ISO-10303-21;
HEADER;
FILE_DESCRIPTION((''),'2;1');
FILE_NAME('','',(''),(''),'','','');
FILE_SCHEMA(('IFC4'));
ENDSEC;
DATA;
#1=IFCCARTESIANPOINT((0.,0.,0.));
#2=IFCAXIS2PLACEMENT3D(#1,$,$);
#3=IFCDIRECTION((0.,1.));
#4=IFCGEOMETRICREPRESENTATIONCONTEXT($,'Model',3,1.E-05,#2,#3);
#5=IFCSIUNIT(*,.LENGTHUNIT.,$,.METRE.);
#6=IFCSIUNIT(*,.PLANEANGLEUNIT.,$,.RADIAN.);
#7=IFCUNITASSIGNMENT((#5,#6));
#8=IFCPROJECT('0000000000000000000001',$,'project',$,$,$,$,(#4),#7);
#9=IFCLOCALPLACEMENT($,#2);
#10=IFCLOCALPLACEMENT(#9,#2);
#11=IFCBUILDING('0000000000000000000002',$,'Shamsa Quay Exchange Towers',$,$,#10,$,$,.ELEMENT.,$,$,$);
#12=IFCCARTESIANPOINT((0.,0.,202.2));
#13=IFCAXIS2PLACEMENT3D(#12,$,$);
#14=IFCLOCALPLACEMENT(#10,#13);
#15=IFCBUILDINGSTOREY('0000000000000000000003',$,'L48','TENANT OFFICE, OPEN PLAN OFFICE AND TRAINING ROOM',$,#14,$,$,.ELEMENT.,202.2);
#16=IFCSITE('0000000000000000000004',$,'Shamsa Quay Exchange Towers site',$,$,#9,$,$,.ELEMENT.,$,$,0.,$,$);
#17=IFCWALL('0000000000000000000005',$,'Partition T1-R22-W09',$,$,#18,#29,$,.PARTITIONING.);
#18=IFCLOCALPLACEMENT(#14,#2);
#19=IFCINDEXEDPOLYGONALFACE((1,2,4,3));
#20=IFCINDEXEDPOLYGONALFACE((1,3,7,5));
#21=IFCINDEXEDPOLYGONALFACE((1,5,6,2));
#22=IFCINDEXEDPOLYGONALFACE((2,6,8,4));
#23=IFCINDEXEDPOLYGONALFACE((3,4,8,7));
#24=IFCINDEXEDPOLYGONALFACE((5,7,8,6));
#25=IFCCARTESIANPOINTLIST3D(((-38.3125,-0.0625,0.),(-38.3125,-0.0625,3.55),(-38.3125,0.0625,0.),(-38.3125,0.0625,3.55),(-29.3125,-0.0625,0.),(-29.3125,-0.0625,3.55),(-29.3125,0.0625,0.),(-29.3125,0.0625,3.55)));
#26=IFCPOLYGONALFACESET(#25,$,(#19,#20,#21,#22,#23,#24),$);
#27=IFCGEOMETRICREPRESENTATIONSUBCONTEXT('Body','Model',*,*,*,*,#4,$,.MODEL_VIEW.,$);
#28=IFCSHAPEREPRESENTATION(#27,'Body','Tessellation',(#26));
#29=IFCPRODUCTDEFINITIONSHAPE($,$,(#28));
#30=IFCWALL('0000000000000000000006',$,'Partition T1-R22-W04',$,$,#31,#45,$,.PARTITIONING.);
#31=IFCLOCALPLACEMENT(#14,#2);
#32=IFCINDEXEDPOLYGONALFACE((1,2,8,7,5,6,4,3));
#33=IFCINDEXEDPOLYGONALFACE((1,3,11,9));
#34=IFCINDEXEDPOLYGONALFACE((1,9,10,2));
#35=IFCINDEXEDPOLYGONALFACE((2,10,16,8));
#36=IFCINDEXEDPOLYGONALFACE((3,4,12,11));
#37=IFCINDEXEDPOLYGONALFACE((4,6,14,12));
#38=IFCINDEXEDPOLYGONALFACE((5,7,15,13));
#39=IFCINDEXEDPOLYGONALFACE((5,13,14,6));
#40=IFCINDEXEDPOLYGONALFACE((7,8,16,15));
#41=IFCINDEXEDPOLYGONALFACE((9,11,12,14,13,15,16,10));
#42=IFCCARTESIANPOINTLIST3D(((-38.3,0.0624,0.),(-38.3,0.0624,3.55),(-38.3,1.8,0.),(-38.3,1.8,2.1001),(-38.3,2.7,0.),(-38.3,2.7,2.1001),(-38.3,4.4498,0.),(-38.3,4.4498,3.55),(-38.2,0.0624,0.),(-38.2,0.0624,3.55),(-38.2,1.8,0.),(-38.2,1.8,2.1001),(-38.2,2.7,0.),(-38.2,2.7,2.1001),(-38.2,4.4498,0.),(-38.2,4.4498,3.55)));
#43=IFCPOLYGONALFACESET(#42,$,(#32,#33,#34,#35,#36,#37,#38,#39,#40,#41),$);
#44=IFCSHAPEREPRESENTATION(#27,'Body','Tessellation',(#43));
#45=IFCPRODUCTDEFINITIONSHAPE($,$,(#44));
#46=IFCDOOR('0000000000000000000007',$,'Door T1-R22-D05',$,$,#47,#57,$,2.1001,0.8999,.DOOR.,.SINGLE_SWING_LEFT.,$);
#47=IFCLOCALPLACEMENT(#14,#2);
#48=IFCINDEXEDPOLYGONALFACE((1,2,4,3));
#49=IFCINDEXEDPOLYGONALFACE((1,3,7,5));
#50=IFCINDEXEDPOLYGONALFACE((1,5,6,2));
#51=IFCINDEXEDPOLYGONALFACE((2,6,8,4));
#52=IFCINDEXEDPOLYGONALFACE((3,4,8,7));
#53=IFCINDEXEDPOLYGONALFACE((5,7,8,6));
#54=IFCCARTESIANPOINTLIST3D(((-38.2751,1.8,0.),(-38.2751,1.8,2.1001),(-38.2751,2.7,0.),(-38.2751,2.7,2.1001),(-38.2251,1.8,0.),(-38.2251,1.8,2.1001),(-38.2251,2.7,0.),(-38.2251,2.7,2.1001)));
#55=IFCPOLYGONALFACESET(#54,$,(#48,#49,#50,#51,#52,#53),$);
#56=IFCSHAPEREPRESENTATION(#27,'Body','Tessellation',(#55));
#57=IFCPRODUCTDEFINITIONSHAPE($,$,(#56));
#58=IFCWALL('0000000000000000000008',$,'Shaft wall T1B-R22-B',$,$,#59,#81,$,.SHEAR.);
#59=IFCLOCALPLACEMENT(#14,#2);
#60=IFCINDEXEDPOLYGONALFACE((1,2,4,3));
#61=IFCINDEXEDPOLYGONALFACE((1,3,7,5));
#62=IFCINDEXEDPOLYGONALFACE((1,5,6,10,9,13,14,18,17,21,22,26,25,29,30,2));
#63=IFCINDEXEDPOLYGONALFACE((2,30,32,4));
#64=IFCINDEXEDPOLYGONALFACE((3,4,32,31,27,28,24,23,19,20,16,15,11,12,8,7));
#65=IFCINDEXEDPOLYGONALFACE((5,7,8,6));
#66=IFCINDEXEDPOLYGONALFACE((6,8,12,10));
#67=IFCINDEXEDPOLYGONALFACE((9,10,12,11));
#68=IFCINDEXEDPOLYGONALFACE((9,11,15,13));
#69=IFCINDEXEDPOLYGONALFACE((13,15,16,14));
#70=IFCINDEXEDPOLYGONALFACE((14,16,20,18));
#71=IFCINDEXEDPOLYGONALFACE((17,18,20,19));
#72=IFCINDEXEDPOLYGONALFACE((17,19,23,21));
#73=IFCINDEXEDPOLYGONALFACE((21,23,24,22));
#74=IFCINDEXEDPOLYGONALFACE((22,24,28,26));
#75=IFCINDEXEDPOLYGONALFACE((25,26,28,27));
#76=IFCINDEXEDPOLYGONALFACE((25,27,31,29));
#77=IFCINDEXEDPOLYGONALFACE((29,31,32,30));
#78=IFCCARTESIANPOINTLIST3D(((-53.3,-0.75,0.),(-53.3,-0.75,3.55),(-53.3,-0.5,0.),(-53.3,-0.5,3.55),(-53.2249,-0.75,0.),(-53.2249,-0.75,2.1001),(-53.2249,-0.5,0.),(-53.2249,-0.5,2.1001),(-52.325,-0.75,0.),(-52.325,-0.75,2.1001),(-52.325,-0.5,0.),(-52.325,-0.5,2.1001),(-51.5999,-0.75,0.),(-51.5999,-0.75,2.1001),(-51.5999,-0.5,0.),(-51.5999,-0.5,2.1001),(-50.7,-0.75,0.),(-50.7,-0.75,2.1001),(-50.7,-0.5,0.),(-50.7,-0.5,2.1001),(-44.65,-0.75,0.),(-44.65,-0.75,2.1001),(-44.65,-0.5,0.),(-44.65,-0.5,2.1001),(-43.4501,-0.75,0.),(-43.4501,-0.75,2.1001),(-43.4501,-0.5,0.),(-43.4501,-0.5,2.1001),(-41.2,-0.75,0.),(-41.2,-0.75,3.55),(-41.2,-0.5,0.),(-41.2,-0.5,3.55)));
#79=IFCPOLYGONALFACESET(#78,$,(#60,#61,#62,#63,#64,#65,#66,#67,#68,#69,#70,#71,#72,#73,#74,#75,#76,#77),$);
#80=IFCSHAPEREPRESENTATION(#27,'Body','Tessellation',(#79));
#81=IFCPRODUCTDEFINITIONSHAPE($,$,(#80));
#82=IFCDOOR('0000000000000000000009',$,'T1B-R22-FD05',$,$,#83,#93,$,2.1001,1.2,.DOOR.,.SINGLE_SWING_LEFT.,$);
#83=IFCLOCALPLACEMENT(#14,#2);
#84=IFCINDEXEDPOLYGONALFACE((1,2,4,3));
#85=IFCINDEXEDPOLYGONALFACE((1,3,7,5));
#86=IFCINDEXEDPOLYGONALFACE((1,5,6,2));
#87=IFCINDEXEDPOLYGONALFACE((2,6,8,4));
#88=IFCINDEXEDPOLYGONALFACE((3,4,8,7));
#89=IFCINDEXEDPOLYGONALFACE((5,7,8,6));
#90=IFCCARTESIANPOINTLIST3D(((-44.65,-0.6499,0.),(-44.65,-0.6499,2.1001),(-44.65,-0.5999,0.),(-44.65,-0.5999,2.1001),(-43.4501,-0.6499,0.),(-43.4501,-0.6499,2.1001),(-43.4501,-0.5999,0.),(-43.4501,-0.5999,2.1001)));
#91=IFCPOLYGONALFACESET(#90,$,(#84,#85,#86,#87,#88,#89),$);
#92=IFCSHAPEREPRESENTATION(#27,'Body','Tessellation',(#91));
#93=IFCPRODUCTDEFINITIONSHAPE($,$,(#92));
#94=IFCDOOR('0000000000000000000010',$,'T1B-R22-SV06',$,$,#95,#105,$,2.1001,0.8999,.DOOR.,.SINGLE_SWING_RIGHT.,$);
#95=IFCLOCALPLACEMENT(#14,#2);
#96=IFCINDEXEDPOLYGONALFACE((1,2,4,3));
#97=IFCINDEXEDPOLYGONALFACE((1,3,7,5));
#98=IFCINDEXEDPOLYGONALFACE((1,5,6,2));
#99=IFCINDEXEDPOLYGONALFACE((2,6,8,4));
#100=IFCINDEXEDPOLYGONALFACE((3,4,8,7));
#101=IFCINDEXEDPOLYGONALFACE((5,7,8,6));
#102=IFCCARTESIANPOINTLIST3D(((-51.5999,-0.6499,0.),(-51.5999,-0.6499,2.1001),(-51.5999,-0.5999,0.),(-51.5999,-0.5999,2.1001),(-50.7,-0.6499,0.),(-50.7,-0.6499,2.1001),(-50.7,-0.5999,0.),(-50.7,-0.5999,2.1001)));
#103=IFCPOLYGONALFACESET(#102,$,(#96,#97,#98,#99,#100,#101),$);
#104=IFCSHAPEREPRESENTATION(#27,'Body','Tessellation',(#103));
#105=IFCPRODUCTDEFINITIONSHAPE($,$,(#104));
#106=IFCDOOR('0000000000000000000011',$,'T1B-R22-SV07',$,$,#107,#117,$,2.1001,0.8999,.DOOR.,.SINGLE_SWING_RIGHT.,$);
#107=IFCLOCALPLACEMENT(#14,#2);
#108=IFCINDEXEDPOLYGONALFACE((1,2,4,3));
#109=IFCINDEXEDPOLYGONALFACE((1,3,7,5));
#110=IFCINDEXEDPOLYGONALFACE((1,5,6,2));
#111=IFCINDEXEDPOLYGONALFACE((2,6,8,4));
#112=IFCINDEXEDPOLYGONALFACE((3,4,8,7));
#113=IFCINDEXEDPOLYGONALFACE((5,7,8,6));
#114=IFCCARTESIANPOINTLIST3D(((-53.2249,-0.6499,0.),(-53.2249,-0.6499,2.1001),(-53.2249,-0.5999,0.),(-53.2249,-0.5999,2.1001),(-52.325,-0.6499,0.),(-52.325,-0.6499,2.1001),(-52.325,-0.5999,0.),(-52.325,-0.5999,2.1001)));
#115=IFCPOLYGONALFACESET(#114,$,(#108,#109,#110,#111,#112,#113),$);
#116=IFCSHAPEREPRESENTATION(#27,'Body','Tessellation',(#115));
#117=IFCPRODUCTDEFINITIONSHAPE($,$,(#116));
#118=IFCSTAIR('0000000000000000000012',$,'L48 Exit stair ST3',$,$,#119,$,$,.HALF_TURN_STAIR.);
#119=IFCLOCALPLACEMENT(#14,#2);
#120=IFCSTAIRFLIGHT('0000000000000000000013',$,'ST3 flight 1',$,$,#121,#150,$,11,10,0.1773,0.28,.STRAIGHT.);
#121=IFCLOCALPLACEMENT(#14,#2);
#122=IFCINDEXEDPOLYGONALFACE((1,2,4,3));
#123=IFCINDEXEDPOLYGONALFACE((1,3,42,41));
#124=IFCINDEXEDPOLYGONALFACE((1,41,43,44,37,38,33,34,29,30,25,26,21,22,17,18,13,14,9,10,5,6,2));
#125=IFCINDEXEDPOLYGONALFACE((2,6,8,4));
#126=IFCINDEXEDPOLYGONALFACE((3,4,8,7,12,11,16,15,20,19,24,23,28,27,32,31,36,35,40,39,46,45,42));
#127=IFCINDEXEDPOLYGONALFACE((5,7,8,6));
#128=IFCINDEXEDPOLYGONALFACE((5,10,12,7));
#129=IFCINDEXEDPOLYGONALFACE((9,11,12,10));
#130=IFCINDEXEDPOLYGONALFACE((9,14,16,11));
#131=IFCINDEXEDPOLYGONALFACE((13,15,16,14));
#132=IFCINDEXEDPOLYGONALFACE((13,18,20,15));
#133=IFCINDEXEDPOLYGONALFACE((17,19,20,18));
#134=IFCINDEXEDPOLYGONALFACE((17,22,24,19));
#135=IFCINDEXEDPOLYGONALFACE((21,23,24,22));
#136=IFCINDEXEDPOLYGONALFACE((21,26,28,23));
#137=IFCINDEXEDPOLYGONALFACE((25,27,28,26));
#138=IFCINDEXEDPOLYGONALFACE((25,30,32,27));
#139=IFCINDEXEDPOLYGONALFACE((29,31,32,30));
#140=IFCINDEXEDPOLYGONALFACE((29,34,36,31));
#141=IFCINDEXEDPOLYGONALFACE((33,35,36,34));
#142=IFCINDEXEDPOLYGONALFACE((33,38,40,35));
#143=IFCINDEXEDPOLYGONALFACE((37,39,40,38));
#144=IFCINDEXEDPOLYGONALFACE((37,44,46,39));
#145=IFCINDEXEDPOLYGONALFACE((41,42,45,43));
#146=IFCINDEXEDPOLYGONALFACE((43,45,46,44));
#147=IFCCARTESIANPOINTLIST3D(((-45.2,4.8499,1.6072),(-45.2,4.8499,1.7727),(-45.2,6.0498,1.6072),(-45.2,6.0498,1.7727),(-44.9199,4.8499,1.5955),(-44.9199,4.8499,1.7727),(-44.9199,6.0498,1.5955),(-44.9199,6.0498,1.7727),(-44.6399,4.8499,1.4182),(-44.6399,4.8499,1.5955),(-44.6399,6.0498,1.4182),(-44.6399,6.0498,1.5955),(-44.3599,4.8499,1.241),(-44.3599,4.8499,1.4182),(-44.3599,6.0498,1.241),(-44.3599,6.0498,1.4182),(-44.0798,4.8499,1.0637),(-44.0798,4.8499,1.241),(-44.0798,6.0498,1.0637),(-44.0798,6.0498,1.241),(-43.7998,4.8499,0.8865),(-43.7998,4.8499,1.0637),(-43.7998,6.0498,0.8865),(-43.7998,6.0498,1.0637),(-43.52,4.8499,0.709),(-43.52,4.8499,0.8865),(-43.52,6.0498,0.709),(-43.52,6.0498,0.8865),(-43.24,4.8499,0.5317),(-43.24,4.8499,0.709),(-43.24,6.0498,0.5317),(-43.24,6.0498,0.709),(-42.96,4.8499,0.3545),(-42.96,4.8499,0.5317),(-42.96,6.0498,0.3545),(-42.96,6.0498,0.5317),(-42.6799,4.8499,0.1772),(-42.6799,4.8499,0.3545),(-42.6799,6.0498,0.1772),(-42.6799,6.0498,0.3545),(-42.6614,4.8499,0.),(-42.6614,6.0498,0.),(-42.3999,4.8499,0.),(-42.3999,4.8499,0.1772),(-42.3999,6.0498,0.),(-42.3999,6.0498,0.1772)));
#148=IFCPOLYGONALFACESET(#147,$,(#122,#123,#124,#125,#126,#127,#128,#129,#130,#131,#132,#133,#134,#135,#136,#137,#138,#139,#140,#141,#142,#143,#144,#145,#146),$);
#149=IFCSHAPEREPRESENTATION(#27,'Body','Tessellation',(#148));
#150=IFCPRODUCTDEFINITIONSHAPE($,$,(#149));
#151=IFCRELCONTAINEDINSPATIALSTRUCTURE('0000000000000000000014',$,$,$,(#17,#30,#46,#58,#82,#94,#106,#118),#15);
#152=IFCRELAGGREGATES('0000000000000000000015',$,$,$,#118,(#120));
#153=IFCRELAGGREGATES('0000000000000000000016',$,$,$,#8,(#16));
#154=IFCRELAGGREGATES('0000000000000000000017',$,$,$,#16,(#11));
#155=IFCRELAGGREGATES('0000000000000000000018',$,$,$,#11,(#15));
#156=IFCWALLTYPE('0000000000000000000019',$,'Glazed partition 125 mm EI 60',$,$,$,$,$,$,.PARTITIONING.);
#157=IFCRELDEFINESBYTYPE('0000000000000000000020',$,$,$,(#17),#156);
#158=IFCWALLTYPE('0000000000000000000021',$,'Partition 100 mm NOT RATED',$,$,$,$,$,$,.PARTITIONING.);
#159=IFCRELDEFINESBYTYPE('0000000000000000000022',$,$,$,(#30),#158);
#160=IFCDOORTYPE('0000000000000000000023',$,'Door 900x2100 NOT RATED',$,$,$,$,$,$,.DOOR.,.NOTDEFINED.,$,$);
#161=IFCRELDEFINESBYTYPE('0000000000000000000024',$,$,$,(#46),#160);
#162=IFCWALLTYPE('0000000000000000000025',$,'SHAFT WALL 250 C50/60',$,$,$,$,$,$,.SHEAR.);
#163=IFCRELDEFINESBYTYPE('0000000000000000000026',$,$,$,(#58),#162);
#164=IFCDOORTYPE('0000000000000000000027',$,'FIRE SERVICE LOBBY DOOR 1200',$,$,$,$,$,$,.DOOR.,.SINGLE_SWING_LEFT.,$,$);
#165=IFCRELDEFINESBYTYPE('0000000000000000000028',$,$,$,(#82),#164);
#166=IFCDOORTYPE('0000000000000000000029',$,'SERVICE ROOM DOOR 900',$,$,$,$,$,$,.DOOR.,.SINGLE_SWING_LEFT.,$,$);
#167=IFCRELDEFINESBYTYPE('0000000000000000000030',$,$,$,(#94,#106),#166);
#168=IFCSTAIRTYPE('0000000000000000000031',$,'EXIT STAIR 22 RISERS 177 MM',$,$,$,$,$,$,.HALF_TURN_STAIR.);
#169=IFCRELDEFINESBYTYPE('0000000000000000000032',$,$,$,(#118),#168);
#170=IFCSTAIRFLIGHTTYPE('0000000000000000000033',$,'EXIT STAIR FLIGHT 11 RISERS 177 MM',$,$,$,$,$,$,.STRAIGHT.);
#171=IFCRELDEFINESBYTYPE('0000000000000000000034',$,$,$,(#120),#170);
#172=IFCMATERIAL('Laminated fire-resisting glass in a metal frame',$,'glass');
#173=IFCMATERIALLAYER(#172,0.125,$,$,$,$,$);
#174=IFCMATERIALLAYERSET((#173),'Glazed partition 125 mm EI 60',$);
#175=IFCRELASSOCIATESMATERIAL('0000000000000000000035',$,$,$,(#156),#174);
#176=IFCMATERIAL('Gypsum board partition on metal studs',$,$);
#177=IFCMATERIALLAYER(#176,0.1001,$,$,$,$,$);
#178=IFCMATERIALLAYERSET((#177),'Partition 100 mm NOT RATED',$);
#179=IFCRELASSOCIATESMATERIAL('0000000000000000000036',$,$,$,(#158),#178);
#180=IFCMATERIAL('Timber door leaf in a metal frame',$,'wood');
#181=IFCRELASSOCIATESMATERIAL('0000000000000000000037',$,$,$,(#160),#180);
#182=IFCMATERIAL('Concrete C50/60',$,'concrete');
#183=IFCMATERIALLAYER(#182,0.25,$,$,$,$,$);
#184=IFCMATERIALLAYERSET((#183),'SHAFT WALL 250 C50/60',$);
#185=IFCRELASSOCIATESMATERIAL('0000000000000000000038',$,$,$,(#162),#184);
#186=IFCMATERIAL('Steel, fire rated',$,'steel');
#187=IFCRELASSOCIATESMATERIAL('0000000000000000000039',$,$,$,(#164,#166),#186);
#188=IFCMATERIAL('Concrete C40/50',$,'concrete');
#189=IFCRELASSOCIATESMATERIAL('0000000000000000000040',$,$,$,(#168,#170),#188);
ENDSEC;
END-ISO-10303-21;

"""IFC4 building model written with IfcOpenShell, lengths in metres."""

from ifc_helpers import new_model, si_unit, direction, frame, frame_2d, origin, place, context, subcontext, project, spatial, polyline, rectangle, outline, extrude, material, layer, layer_set, type_object, element, fill, aggregate, save


model = new_model("IFC4")

# Units and contexts
model_context = context("Model", 3, precision=1e-05, world=origin(), true_north=direction((0.0, 1.0)))
body_context = subcontext(model_context, "Body", "Model", "MODEL_VIEW")
ifc_project = project(units=[si_unit("LENGTHUNIT", "METRE"), si_unit("PLANEANGLEUNIT", "RADIAN")], contexts=[model_context])

# Site, building, storey
site_placement = place(None, origin())
site = spatial("IfcSite", under=ifc_project, at=site_placement, Name="Shamsa Quay Exchange Towers site", CompositionType="ELEMENT", RefElevation=0.0)
building_placement = place(site_placement, origin())
building = spatial("IfcBuilding", under=site, at=building_placement, Name="Shamsa Quay Exchange Towers", CompositionType="ELEMENT")
storey_placement = place(building_placement, frame((0.0, 0.0, 202.2)))
storey = spatial("IfcBuildingStorey", under=building, at=storey_placement, Name="L48", Description="TENANT OFFICE, OPEN PLAN OFFICE AND TRAINING ROOM", CompositionType="ELEMENT", Elevation=202.2)

# Shared definitions
ifc_material_1 = material(Name="Laminated fire-resisting glass in a metal frame", Category="glass")
ifc_layer_1 = layer(ifc_material_1, 0.125)
ifc_layer_set_1 = layer_set([ifc_layer_1], Name="Glazed partition 125 mm EI 60")
wall_type_1 = type_object("IfcWallType", Name="Glazed partition 125 mm EI 60", PredefinedType="PARTITIONING", material=ifc_layer_set_1)

# Shared definitions
ifc_material_2 = material(Name="Timber door leaf in a metal frame", Category="wood")

# Wall
wall_1_placement = place(storey_placement, frame((-38.3125, 0.0, 0.0)))
element("IfcWall", 1, at=wall_1_placement, inside=storey, type_object=wall_type_1, Name="Partition T1-R22-W09", PredefinedType="PARTITIONING", context=body_context, shape_type="SweptSolid", body=[
    extrude(rectangle(XDim=9.0, YDim=0.125, at=frame_2d((4.5, 0.0))), origin(), (0.0, 0.0, 1.0), 3.55),
])

# Wall, opening, door
ifc_material_3 = material(Name="Gypsum board partition on metal studs")
ifc_layer_2 = layer(ifc_material_3, 0.1001)
ifc_layer_set_2 = layer_set([ifc_layer_2], Name="Partition 100 mm NOT RATED")
wall_type_2 = type_object("IfcWallType", Name="Partition 100 mm NOT RATED", PredefinedType="PARTITIONING", material=ifc_layer_set_2)
wall_2_placement = place(storey_placement, frame((-38.25, 4.45, 0.0), z_axis=(0.0, 0.0, 1.0), x_axis=(0.0, -1.0, 0.0)))
wall_2 = element("IfcWall", 2, at=wall_2_placement, inside=storey, type_object=wall_type_2, Name="Partition T1-R22-W04", PredefinedType="PARTITIONING", context=body_context, shape_type="SweptSolid", body=[
    extrude(rectangle(XDim=4.3875, YDim=0.1001, at=frame_2d((2.1938, 0.0))), origin(), (0.0, 0.0, 1.0), 3.55),
])
opening_1_placement = place(wall_2_placement, frame((1.75, 0.0, 0.0)))
opening_1 = element("IfcOpeningElement", 3, at=opening_1_placement, cuts=wall_2, PredefinedType="OPENING", context=body_context, shape_type="SweptSolid", body=[
    extrude(rectangle(XDim=0.8999, YDim=2.1001, at=frame_2d((0.45, 1.05))), frame((0.0, 0.0601, 0.0), z_axis=(0.0, -1.0, 0.0), x_axis=(1.0, 0.0, 0.0)), (0.0, 0.0, 1.0), 0.1201),
])
door_type_1 = type_object("IfcDoorType", Name="Door 900x2100 NOT RATED", OperationType="NOTDEFINED", PredefinedType="DOOR", material=ifc_material_2)
door_1_placement = place(opening_1_placement, origin())
door_1 = element("IfcDoor", 4, at=door_1_placement, inside=storey, type_object=door_type_1, Name="Door T1-R22-D05", OperationType="SINGLE_SWING_LEFT", OverallHeight=2.1001, OverallWidth=0.8999, PredefinedType="DOOR", context=body_context, shape_type="SweptSolid", body=[
    extrude(rectangle(XDim=0.8999, YDim=2.1001, at=frame_2d((0.45, 1.05))), frame((0.0, 0.0249, 0.0), z_axis=(0.0, -1.0, 0.0), x_axis=(1.0, 0.0, 0.0)), (0.0, 0.0, 1.0), 0.05),
])
fill(opening_1, door_1)

# Wall, openings, doors
ifc_material_4 = material(Name="Concrete C50/60", Category="concrete")
ifc_layer_3 = layer(ifc_material_4, 0.25)
ifc_layer_set_3 = layer_set([ifc_layer_3], Name="SHAFT WALL 250 C50/60")
wall_type_3 = type_object("IfcWallType", Name="SHAFT WALL 250 C50/60", PredefinedType="SHEAR", material=ifc_layer_set_3)
wall_3_placement = place(storey_placement, frame((-41.2, -0.625, 0.0), z_axis=(0.0, 0.0, 1.0), x_axis=(-1.0, 0.0, 0.0)))
wall_3 = element("IfcWall", 5, at=wall_3_placement, inside=storey, type_object=wall_type_3, Name="Shaft wall T1B-R22-B", PredefinedType="SHEAR", context=body_context, shape_type="SweptSolid", body=[
    extrude(rectangle(XDim=12.1001, YDim=0.25, at=frame_2d((6.05, 0.0))), origin(), (0.0, 0.0, 1.0), 3.55),
])
opening_2_placement = place(wall_3_placement, frame((2.25, 0.0, 0.0)))
opening_2 = element("IfcOpeningElement", 6, at=opening_2_placement, cuts=wall_3, PredefinedType="OPENING", context=body_context, shape_type="SweptSolid", body=[
    extrude(rectangle(XDim=1.2, YDim=2.1001, at=frame_2d((0.6001, 1.05))), frame((0.0, 0.135, 0.0), z_axis=(0.0, -1.0, 0.0), x_axis=(1.0, 0.0, 0.0)), (0.0, 0.0, 1.0), 0.27),
])
opening_3_placement = place(wall_3_placement, frame((9.5, 0.0, 0.0)))
opening_3 = element("IfcOpeningElement", 7, at=opening_3_placement, cuts=wall_3, PredefinedType="OPENING", context=body_context, shape_type="SweptSolid", body=[
    extrude(rectangle(XDim=0.8999, YDim=2.1001, at=frame_2d((0.45, 1.05))), frame((0.0, 0.135, 0.0), z_axis=(0.0, -1.0, 0.0), x_axis=(1.0, 0.0, 0.0)), (0.0, 0.0, 1.0), 0.27),
])
opening_4_placement = place(wall_3_placement, frame((11.125, 0.0, 0.0)))
opening_4 = element("IfcOpeningElement", 8, at=opening_4_placement, cuts=wall_3, PredefinedType="OPENING", context=body_context, shape_type="SweptSolid", body=[
    extrude(rectangle(XDim=0.8999, YDim=2.1001, at=frame_2d((0.45, 1.05))), frame((0.0, 0.135, 0.0), z_axis=(0.0, -1.0, 0.0), x_axis=(1.0, 0.0, 0.0)), (0.0, 0.0, 1.0), 0.27),
])
ifc_material_5 = material(Name="Steel, fire rated", Category="steel")
door_type_2 = type_object("IfcDoorType", Name="FIRE SERVICE LOBBY DOOR 1200", OperationType="SINGLE_SWING_LEFT", PredefinedType="DOOR", material=ifc_material_5)
door_2_placement = place(opening_2_placement, origin())
door_2 = element("IfcDoor", 9, at=door_2_placement, inside=storey, type_object=door_type_2, Name="T1B-R22-FD05", OperationType="SINGLE_SWING_LEFT", OverallHeight=2.1001, OverallWidth=1.2, PredefinedType="DOOR", context=body_context, shape_type="SweptSolid", body=[
    extrude(rectangle(XDim=1.2, YDim=2.1001, at=frame_2d((0.6001, 1.05))), frame((0.0, 0.0249, 0.0), z_axis=(0.0, -1.0, 0.0), x_axis=(1.0, 0.0, 0.0)), (0.0, 0.0, 1.0), 0.05),
])
fill(opening_2, door_2)
door_type_3 = type_object("IfcDoorType", Name="SERVICE ROOM DOOR 900", OperationType="SINGLE_SWING_LEFT", PredefinedType="DOOR", material=ifc_material_5)
door_3_placement = place(opening_3_placement, origin())
door_3 = element("IfcDoor", 10, at=door_3_placement, inside=storey, type_object=door_type_3, Name="T1B-R22-SV06", OperationType="SINGLE_SWING_RIGHT", OverallHeight=2.1001, OverallWidth=0.8999, PredefinedType="DOOR", context=body_context, shape_type="SweptSolid", body=[
    extrude(rectangle(XDim=0.8999, YDim=2.1001, at=frame_2d((0.45, 1.05))), frame((0.0, 0.0249, 0.0), z_axis=(0.0, -1.0, 0.0), x_axis=(1.0, 0.0, 0.0)), (0.0, 0.0, 1.0), 0.05),
])
fill(opening_3, door_3)
door_4_placement = place(opening_4_placement, origin())
door_4 = element("IfcDoor", 11, at=door_4_placement, inside=storey, type_object=door_type_3, Name="T1B-R22-SV07", OperationType="SINGLE_SWING_RIGHT", OverallHeight=2.1001, OverallWidth=0.8999, PredefinedType="DOOR", context=body_context, shape_type="SweptSolid", body=[
    extrude(rectangle(XDim=0.8999, YDim=2.1001, at=frame_2d((0.45, 1.05))), frame((0.0, 0.0249, 0.0), z_axis=(0.0, -1.0, 0.0), x_axis=(1.0, 0.0, 0.0)), (0.0, 0.0, 1.0), 0.05),
])
fill(opening_4, door_4)

# Stair, stair flight
ifc_material_6 = material(Name="Concrete C40/50", Category="concrete")
stair_type = type_object("IfcStairType", Name="EXIT STAIR 22 RISERS 177 MM", PredefinedType="HALF_TURN_STAIR", material=ifc_material_6)
stair_placement = place(storey_placement, origin())
stair = element("IfcStair", 12, at=stair_placement, inside=storey, type_object=stair_type, Name="L48 Exit stair ST3", PredefinedType="HALF_TURN_STAIR")
stair_flight_type = type_object("IfcStairFlightType", Name="EXIT STAIR FLIGHT 11 RISERS 177 MM", PredefinedType="STRAIGHT", material=ifc_material_6)
stair_flight_placement = place(storey_placement, frame((-42.3999, 5.45, 0.0), z_axis=(0.0, 0.0, 1.0), x_axis=(-1.0, 0.0, 0.0)))
stair_flight = element("IfcStairFlight", 13, at=stair_flight_placement, type_object=stair_flight_type, Name="ST3 flight 1", NumberOfRisers=11, NumberOfTreads=10, PredefinedType="STRAIGHT", RiserHeight=0.1773, TreadLength=0.28, context=body_context, shape_type="SweptSolid", body=[
    extrude(outline(polyline([(0.0, 0.0), (0.0, 0.1772), (0.28, 0.1772), (0.28, 0.3545), (0.5601, 0.3545), (0.5601, 0.5317), (0.8401, 0.5317), (0.8401, 0.709), (1.1201, 0.709), (1.1201, 0.8865), (1.3999, 0.8865), (1.3999, 1.0637), (1.6799, 1.0637), (1.6799, 1.241), (1.96, 1.241), (1.96, 1.4182), (2.24, 1.4182), (2.24, 1.5955), (2.52, 1.5955), (2.52, 1.7727), (2.8, 1.7727), (2.8, 1.95), (2.8, 1.6072), (0.2615, 0.0), (0.0, 0.0)])), frame((0.0, 0.6001, 0.0), z_axis=(0.0, -1.0, 0.0), x_axis=(1.0, 0.0, 0.0)), (0.0, 0.0, 1.0), 1.2),
])
aggregate(stair, [stair_flight])

save(model, "model.ifc")
